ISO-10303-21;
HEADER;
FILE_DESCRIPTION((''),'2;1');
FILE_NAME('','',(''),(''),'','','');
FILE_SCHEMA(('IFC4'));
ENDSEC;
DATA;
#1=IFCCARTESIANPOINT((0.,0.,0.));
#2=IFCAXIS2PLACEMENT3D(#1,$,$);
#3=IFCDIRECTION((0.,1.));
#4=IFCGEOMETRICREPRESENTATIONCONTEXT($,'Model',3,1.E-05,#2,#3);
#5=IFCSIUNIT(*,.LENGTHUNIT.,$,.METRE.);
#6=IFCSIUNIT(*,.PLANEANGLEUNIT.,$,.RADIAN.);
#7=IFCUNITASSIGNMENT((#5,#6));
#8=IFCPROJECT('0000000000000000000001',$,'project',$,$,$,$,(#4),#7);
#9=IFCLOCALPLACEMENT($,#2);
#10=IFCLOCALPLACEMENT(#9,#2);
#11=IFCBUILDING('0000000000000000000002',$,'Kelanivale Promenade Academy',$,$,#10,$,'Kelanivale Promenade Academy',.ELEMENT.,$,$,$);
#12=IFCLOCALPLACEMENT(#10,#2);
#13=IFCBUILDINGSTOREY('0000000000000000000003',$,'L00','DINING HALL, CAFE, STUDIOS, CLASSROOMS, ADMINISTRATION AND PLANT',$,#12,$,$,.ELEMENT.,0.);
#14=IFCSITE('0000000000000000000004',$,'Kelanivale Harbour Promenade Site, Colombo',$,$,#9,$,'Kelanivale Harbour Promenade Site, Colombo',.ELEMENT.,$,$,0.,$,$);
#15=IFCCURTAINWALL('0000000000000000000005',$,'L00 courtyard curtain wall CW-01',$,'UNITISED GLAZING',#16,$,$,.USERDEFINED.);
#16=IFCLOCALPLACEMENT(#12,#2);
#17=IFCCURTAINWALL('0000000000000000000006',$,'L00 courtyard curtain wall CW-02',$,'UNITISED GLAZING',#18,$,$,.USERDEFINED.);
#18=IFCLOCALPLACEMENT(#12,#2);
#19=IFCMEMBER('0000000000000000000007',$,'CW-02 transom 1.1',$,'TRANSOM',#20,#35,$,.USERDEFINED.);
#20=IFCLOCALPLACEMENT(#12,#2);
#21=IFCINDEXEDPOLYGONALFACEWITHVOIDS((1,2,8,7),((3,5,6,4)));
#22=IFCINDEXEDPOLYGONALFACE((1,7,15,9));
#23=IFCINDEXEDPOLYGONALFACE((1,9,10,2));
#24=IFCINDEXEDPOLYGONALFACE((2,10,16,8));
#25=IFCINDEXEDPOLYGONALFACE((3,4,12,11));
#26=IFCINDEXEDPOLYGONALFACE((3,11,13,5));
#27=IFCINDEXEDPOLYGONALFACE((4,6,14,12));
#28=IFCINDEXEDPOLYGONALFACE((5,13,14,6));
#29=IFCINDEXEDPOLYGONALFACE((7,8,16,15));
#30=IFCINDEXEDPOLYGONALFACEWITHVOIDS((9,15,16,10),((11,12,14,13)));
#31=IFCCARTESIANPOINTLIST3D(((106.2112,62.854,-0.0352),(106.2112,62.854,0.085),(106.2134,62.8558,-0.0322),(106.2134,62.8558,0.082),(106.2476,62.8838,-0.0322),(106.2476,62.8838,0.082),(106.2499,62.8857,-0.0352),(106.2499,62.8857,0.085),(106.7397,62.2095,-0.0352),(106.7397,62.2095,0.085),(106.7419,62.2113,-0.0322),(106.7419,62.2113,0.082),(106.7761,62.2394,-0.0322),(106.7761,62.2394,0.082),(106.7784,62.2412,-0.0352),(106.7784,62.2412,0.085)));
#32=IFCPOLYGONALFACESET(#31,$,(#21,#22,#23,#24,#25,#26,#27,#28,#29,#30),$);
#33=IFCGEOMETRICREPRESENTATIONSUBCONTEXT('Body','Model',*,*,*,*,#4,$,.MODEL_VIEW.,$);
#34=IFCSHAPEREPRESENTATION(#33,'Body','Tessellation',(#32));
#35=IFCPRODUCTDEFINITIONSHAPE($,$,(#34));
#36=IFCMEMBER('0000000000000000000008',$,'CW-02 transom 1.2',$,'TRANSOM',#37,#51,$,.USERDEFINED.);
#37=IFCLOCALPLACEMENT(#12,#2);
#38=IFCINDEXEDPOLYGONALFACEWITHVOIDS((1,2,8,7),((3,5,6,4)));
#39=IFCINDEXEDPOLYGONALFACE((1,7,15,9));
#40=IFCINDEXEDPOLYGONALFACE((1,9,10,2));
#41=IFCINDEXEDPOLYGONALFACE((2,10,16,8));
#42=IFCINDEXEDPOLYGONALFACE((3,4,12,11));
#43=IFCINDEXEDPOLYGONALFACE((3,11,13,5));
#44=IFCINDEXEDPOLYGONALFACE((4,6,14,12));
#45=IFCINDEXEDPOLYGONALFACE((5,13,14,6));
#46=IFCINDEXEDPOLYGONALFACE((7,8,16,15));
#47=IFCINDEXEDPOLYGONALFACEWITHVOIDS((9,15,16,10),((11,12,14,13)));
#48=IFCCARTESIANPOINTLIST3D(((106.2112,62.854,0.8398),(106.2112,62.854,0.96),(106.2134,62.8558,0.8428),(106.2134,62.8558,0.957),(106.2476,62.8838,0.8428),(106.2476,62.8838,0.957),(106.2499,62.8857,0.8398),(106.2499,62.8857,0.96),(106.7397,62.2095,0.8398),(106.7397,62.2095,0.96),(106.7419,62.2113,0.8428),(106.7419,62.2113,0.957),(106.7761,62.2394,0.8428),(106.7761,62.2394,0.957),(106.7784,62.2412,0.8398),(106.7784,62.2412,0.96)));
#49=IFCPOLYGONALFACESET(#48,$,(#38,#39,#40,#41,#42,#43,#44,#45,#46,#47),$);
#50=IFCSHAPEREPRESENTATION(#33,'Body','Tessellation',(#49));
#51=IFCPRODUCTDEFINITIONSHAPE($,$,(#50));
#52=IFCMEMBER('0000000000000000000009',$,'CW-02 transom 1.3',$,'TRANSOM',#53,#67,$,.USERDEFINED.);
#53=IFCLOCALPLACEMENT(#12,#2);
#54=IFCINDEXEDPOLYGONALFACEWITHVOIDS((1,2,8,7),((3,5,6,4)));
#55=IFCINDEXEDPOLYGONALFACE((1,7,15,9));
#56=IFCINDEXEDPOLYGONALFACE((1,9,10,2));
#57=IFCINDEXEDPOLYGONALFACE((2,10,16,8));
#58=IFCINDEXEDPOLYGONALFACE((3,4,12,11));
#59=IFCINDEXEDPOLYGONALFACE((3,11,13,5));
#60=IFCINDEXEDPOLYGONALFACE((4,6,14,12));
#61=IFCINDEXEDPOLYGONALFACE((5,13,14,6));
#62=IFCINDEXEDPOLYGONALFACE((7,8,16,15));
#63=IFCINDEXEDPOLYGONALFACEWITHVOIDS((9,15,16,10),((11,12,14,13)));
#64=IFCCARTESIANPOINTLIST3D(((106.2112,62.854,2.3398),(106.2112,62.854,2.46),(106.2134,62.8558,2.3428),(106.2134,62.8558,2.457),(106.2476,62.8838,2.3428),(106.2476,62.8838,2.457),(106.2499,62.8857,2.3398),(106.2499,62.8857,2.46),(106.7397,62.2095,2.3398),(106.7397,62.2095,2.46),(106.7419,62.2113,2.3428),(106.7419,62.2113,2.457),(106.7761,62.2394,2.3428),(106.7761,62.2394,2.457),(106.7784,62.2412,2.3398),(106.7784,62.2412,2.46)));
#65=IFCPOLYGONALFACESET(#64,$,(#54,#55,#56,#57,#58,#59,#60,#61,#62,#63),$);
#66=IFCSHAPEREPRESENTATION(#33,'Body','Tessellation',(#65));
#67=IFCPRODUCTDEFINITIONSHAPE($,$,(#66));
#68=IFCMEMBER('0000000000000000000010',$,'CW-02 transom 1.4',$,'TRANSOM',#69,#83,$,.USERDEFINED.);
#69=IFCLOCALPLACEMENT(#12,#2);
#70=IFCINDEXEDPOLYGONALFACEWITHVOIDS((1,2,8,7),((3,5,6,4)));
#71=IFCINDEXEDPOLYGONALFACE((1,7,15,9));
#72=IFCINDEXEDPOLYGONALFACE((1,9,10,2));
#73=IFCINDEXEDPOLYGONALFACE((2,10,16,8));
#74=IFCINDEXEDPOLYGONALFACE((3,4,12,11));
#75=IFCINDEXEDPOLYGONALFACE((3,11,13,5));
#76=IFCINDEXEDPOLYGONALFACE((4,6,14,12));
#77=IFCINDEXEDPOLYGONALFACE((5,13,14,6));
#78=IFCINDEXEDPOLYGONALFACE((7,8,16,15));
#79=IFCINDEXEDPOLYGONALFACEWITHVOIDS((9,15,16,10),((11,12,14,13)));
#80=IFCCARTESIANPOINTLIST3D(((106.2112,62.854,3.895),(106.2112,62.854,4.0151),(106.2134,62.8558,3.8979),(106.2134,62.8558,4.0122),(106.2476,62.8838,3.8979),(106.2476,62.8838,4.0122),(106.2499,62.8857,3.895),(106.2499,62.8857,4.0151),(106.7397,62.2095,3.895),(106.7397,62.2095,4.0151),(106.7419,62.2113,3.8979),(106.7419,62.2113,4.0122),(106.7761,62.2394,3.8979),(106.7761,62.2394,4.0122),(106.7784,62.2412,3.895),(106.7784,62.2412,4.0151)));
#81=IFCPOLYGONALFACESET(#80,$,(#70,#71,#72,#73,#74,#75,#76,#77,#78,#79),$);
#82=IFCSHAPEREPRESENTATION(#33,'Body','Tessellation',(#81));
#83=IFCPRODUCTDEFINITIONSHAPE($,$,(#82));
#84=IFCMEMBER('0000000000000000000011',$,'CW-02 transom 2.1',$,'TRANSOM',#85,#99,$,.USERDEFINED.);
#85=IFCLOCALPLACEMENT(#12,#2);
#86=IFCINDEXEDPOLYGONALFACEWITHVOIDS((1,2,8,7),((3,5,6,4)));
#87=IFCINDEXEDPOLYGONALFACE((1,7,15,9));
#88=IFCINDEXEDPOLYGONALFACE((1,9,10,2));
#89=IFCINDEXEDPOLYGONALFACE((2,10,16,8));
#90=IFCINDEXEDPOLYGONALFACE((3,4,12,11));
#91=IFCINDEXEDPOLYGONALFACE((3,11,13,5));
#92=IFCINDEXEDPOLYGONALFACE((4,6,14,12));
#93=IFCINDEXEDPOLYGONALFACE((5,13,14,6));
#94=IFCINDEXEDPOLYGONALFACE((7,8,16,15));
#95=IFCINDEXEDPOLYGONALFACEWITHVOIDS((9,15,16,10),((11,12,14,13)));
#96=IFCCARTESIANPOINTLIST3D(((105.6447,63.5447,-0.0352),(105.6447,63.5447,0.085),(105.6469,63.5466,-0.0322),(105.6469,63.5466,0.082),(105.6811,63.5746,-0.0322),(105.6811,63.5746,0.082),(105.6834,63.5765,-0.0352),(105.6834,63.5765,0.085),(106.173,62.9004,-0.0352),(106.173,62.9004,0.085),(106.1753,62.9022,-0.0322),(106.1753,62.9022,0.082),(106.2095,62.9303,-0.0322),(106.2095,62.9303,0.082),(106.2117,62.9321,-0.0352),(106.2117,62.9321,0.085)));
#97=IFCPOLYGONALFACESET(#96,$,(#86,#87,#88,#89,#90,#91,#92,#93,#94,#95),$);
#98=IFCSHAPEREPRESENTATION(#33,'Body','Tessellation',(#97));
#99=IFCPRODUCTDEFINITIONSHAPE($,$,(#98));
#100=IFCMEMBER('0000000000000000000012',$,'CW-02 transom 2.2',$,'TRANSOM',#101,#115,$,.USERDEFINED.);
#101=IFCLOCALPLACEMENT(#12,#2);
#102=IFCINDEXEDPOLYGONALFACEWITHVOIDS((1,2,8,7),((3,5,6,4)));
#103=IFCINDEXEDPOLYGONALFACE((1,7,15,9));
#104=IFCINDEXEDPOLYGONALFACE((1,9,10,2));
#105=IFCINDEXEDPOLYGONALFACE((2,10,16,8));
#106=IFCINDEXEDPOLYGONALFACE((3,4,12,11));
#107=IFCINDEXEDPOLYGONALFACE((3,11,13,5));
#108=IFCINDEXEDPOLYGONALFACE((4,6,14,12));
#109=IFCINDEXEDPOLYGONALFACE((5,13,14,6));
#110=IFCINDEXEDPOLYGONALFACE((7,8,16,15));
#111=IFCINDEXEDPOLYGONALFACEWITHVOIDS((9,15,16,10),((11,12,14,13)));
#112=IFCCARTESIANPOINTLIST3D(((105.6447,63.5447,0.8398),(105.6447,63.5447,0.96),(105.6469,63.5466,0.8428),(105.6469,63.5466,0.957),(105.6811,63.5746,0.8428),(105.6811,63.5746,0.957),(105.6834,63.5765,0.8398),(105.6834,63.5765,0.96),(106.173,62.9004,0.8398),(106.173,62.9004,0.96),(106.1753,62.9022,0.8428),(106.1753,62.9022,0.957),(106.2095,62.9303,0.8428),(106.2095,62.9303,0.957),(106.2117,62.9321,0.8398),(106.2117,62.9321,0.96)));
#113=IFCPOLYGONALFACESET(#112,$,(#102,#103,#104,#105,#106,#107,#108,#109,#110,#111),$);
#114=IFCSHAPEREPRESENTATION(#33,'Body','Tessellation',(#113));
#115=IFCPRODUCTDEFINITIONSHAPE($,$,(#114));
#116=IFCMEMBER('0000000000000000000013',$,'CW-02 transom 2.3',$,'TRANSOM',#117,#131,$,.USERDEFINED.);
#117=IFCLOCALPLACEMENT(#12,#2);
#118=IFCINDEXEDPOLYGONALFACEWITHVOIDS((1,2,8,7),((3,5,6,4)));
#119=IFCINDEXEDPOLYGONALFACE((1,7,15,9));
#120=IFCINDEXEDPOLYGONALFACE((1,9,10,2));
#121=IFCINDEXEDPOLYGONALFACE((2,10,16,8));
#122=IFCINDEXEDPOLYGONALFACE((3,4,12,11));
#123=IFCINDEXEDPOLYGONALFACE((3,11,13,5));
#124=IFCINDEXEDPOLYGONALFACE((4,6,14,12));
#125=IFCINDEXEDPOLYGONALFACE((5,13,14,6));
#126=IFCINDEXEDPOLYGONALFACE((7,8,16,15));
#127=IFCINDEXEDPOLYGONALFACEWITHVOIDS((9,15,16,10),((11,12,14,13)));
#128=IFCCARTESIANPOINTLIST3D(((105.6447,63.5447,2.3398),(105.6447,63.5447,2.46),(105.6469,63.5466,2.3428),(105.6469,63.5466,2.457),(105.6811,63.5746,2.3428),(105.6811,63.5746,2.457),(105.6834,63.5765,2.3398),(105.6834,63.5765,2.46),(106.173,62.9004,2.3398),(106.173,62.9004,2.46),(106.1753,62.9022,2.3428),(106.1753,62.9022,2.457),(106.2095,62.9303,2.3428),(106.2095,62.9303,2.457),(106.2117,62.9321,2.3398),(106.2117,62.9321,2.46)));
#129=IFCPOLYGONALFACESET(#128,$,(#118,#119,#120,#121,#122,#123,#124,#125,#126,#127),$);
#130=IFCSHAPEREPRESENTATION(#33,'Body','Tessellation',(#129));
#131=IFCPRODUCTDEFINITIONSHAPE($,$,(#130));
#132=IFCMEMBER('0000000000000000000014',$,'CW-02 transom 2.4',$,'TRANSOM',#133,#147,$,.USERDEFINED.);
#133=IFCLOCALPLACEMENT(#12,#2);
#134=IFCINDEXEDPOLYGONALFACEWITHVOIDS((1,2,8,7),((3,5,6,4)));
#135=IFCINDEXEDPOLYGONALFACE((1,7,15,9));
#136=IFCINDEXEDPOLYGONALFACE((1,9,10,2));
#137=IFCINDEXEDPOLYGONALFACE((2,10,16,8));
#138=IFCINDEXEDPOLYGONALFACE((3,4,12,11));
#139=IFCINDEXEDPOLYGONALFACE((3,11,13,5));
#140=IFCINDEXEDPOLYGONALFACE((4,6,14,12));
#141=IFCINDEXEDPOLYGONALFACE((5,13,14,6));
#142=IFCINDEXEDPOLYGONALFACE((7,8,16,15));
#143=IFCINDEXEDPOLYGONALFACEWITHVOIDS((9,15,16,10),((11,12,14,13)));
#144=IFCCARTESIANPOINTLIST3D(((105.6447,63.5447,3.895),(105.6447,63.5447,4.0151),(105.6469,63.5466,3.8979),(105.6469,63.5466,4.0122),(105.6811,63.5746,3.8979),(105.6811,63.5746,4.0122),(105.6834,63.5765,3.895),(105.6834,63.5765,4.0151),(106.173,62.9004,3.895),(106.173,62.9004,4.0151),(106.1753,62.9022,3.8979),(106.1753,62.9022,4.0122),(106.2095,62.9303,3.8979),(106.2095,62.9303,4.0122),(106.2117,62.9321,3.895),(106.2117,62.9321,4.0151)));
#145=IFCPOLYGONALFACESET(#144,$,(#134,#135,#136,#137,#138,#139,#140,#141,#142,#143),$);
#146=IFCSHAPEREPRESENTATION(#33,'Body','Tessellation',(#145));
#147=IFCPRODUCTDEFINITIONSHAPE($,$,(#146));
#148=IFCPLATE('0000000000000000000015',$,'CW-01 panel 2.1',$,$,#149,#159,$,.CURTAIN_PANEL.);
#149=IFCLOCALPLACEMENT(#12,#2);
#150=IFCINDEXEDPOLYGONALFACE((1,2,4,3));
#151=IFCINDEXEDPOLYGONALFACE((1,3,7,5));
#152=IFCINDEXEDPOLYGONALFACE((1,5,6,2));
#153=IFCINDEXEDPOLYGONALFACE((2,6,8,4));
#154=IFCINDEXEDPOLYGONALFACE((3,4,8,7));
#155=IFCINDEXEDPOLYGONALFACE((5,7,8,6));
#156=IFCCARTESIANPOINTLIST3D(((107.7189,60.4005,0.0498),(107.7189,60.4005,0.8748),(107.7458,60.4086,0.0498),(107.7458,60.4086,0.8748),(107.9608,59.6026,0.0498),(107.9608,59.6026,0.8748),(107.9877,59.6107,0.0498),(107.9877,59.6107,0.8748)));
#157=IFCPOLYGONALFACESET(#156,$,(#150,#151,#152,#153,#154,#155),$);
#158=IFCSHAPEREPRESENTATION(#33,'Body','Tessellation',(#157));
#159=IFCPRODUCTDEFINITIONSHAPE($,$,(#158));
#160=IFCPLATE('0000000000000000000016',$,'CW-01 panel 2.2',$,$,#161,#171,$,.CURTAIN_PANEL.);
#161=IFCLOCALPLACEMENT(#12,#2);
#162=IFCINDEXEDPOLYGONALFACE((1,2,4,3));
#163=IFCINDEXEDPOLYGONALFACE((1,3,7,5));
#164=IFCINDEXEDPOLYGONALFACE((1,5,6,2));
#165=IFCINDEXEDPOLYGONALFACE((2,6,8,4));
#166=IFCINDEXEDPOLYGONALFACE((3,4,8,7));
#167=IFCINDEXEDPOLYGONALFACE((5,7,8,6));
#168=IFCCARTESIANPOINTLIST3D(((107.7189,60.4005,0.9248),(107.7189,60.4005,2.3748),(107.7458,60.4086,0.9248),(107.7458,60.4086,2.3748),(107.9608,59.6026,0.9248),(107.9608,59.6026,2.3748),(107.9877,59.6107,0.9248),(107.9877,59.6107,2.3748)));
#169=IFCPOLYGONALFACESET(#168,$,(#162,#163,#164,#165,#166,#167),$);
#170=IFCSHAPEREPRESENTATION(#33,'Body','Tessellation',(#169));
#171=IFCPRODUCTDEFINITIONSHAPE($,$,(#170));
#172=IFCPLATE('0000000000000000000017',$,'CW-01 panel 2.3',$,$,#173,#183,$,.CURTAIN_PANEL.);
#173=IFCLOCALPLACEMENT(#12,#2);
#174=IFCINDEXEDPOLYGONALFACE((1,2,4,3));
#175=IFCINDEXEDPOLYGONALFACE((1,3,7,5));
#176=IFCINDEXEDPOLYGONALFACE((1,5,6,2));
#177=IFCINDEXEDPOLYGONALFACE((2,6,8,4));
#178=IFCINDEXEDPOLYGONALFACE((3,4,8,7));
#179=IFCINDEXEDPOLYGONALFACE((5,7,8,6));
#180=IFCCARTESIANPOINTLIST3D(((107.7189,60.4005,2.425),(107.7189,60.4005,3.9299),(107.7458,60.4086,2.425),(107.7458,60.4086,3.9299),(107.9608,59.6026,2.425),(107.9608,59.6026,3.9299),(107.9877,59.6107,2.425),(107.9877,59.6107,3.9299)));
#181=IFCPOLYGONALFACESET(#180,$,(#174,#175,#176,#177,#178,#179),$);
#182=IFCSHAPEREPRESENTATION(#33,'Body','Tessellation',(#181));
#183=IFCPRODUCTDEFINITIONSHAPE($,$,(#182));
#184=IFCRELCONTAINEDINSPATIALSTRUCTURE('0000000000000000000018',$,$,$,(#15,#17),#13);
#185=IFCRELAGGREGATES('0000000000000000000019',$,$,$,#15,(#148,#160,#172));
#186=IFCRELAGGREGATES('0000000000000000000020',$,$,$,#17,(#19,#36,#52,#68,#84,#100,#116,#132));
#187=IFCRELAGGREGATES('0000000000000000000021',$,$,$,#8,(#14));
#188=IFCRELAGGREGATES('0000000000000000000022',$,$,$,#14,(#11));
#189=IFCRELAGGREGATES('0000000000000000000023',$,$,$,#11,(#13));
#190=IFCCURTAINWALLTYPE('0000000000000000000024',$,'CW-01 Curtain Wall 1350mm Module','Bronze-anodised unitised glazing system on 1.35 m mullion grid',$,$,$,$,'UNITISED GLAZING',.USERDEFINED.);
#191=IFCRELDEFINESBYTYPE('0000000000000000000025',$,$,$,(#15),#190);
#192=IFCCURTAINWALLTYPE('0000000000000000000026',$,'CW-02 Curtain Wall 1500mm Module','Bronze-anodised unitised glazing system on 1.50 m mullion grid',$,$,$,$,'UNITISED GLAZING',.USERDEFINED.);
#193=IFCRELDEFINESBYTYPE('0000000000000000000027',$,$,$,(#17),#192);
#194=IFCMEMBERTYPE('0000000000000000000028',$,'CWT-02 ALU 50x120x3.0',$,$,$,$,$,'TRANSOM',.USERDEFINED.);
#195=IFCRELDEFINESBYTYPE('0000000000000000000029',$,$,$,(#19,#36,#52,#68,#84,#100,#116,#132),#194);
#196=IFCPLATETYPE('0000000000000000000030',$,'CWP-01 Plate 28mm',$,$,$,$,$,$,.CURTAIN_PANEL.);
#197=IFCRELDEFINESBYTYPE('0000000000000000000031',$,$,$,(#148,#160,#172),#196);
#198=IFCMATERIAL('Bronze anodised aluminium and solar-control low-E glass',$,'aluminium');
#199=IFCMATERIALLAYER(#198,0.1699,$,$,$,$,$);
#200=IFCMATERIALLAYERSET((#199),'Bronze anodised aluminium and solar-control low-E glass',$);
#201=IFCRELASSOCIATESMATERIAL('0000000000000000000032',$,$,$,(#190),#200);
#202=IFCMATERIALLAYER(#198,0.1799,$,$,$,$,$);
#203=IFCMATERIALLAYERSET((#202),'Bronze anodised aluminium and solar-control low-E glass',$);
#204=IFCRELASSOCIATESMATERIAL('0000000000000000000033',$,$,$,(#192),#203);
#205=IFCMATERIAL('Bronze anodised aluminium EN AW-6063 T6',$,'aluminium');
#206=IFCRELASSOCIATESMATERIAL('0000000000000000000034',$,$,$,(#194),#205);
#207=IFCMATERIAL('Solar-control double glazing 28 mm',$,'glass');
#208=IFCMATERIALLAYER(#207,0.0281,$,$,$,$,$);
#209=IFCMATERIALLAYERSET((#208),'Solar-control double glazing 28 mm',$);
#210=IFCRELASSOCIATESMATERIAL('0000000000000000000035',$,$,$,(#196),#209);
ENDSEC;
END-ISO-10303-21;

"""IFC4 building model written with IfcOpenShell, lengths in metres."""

from ifc_helpers import new_model, si_unit, direction, frame, origin, origin_2d, place, context, subcontext, project, spatial, rectangle, hollow_rectangle, extrude, material, layer, layer_set, material_profile, profile_set, type_object, element, aggregate, save


model = new_model("IFC4")

# Units and contexts
model_context = context("Model", 3, precision=1e-05, world=origin(), true_north=direction((0.0, 1.0)))
body_context = subcontext(model_context, "Body", "Model", "MODEL_VIEW")
ifc_project = project(units=[si_unit("LENGTHUNIT", "METRE"), si_unit("PLANEANGLEUNIT", "RADIAN")], contexts=[model_context])

# Site, building, storey
site_placement = place(None, origin())
site = spatial("IfcSite", under=ifc_project, at=site_placement, Name="Kelanivale Harbour Promenade Site, Colombo", LongName="Kelanivale Harbour Promenade Site, Colombo", CompositionType="ELEMENT", RefElevation=0.0)
building_placement = place(site_placement, origin())
building = spatial("IfcBuilding", under=site, at=building_placement, Name="Kelanivale Promenade Academy", LongName="Kelanivale Promenade Academy", CompositionType="ELEMENT")
storey_placement = place(building_placement, origin())
storey = spatial("IfcBuildingStorey", under=building, at=storey_placement, Name="L00", Description="DINING HALL, CAFE, STUDIOS, CLASSROOMS, ADMINISTRATION AND PLANT", CompositionType="ELEMENT", Elevation=0.0)

# Curtain wall
ifc_material_1 = material(Name="Bronze anodised aluminium and solar-control low-E glass", Category="aluminium")
ifc_layer_1 = layer(ifc_material_1, 0.1699)
ifc_layer_set_1 = layer_set([ifc_layer_1], Name="Bronze anodised aluminium and solar-control low-E glass")
curtain_wall_type_1 = type_object("IfcCurtainWallType", Name="CW-01 Curtain Wall 1350mm Module", Description="Bronze-anodised unitised glazing system on 1.35 m mullion grid", ElementType="UNITISED GLAZING", PredefinedType="USERDEFINED", material=ifc_layer_set_1)
curtain_wall_1_placement = place(storey_placement, origin())
curtain_wall_1 = element("IfcCurtainWall", 1, at=curtain_wall_1_placement, inside=storey, type_object=curtain_wall_type_1, Name="L00 courtyard curtain wall CW-01", ObjectType="UNITISED GLAZING", PredefinedType="USERDEFINED")
ifc_material_2 = material(Name="Bronze anodised aluminium EN AW-6063 T6", Category="aluminium")

# Curtain wall
ifc_layer_2 = layer(ifc_material_1, 0.1799)
ifc_layer_set_2 = layer_set([ifc_layer_2], Name="Bronze anodised aluminium and solar-control low-E glass")
curtain_wall_type_2 = type_object("IfcCurtainWallType", Name="CW-02 Curtain Wall 1500mm Module", Description="Bronze-anodised unitised glazing system on 1.50 m mullion grid", ElementType="UNITISED GLAZING", PredefinedType="USERDEFINED", material=ifc_layer_set_2)
curtain_wall_2_placement = place(storey_placement, origin())
curtain_wall_2 = element("IfcCurtainWall", 2, at=curtain_wall_2_placement, inside=storey, type_object=curtain_wall_type_2, Name="L00 courtyard curtain wall CW-02", ObjectType="UNITISED GLAZING", PredefinedType="USERDEFINED")

# Members
ifc_material_profile_1 = material_profile(ifc_material_2, hollow_rectangle(XDim=0.05, YDim=0.1201, WallThickness=0.0029, at=origin_2d()), Name="ALU 50x120x3.0")
ifc_profile_set_1 = profile_set([ifc_material_profile_1], Name="Bronze anodised aluminium EN AW-6063 T6")
member_type_1 = type_object("IfcMemberType", Name="CWT-02 ALU 50x120x3.0", ElementType="TRANSOM", PredefinedType="USERDEFINED", material=ifc_profile_set_1)
member_1_placement = place(storey_placement, frame((106.759, 62.2253, 0.0249), z_axis=(-0.634115, 0.773239, 0.0), x_axis=(-0.773239, -0.634115, 0.0)))
member_1 = element("IfcMember", 3, at=member_1_placement, type_object=member_type_1, Name="CW-02 transom 1.1", ObjectType="TRANSOM", PredefinedType="USERDEFINED", context=body_context, shape_type="SweptSolid", body=[
    extrude(hollow_rectangle(XDim=0.05, YDim=0.1201, WallThickness=0.0029, at=origin_2d()), origin(), (0.0, 0.0, 1.0), 0.8335),
])
member_2_placement = place(storey_placement, frame((106.759, 62.2253, 0.8999), z_axis=(-0.634115, 0.773239, 0.0), x_axis=(-0.773239, -0.634115, 0.0)))
member_2 = element("IfcMember", 4, at=member_2_placement, type_object=member_type_1, Name="CW-02 transom 1.2", ObjectType="TRANSOM", PredefinedType="USERDEFINED", context=body_context, shape_type="SweptSolid", body=[
    extrude(hollow_rectangle(XDim=0.05, YDim=0.1201, WallThickness=0.0029, at=origin_2d()), origin(), (0.0, 0.0, 1.0), 0.8335),
])
member_3_placement = place(storey_placement, frame((106.759, 62.2253, 2.3999), z_axis=(-0.634115, 0.773239, 0.0), x_axis=(-0.773239, -0.634115, 0.0)))
member_3 = element("IfcMember", 5, at=member_3_placement, type_object=member_type_1, Name="CW-02 transom 1.3", ObjectType="TRANSOM", PredefinedType="USERDEFINED", context=body_context, shape_type="SweptSolid", body=[
    extrude(hollow_rectangle(XDim=0.05, YDim=0.1201, WallThickness=0.0029, at=origin_2d()), origin(), (0.0, 0.0, 1.0), 0.8335),
])
member_4_placement = place(storey_placement, frame((106.759, 62.2253, 3.9551), z_axis=(-0.634115, 0.773239, 0.0), x_axis=(-0.773239, -0.634115, 0.0)))
member_4 = element("IfcMember", 6, at=member_4_placement, type_object=member_type_1, Name="CW-02 transom 1.4", ObjectType="TRANSOM", PredefinedType="USERDEFINED", context=body_context, shape_type="SweptSolid", body=[
    extrude(hollow_rectangle(XDim=0.05, YDim=0.1201, WallThickness=0.0029, at=origin_2d()), origin(), (0.0, 0.0, 1.0), 0.8335),
])
member_5_placement = place(storey_placement, frame((106.1924, 62.9163, 0.0249), z_axis=(-0.634083, 0.773265, 0.0), x_axis=(-0.773265, -0.634083, 0.0)))
member_5 = element("IfcMember", 7, at=member_5_placement, type_object=member_type_1, Name="CW-02 transom 2.1", ObjectType="TRANSOM", PredefinedType="USERDEFINED", context=body_context, shape_type="SweptSolid", body=[
    extrude(hollow_rectangle(XDim=0.05, YDim=0.1201, WallThickness=0.0029, at=origin_2d()), origin(), (0.0, 0.0, 1.0), 0.8333),
])
member_6_placement = place(storey_placement, frame((106.1924, 62.9163, 0.8999), z_axis=(-0.634083, 0.773265, 0.0), x_axis=(-0.773265, -0.634083, 0.0)))
member_6 = element("IfcMember", 8, at=member_6_placement, type_object=member_type_1, Name="CW-02 transom 2.2", ObjectType="TRANSOM", PredefinedType="USERDEFINED", context=body_context, shape_type="SweptSolid", body=[
    extrude(hollow_rectangle(XDim=0.05, YDim=0.1201, WallThickness=0.0029, at=origin_2d()), origin(), (0.0, 0.0, 1.0), 0.8333),
])
member_7_placement = place(storey_placement, frame((106.1924, 62.9163, 2.3999), z_axis=(-0.634083, 0.773265, 0.0), x_axis=(-0.773265, -0.634083, 0.0)))
member_7 = element("IfcMember", 9, at=member_7_placement, type_object=member_type_1, Name="CW-02 transom 2.3", ObjectType="TRANSOM", PredefinedType="USERDEFINED", context=body_context, shape_type="SweptSolid", body=[
    extrude(hollow_rectangle(XDim=0.05, YDim=0.1201, WallThickness=0.0029, at=origin_2d()), origin(), (0.0, 0.0, 1.0), 0.8333),
])
member_8_placement = place(storey_placement, frame((106.1924, 62.9163, 3.9551), z_axis=(-0.634083, 0.773265, 0.0), x_axis=(-0.773265, -0.634083, 0.0)))
member_8 = element("IfcMember", 10, at=member_8_placement, type_object=member_type_1, Name="CW-02 transom 2.4", ObjectType="TRANSOM", PredefinedType="USERDEFINED", context=body_context, shape_type="SweptSolid", body=[
    extrude(hollow_rectangle(XDim=0.05, YDim=0.1201, WallThickness=0.0029, at=origin_2d()), origin(), (0.0, 0.0, 1.0), 0.8333),
])

# Plates
ifc_material_3 = material(Name="Solar-control double glazing 28 mm", Category="glass")
ifc_layer_3 = layer(ifc_material_3, 0.0281)
ifc_layer_set_3 = layer_set([ifc_layer_3], Name="Solar-control double glazing 28 mm")
plate_type_1 = type_object("IfcPlateType", Name="CWP-01 Plate 28mm", PredefinedType="CURTAIN_PANEL", material=ifc_layer_set_3)
plate_1_placement = place(storey_placement, frame((107.8533, 60.0056, 0.0498), z_axis=(0.0, 0.0, 1.0), x_axis=(-0.290128, 0.956988, 0.0)))
plate_1 = element("IfcPlate", 11, at=plate_1_placement, type_object=plate_type_1, Name="CW-01 panel 2.1", PredefinedType="CURTAIN_PANEL", context=body_context, shape_type="SweptSolid", body=[
    extrude(rectangle(XDim=0.8337, YDim=0.0281, at=origin_2d()), origin(), (0.0, 0.0, 1.0), 0.825),
])
plate_2_placement = place(storey_placement, frame((107.8533, 60.0056, 0.9248), z_axis=(0.0, 0.0, 1.0), x_axis=(-0.290128, 0.956988, 0.0)))
plate_2 = element("IfcPlate", 12, at=plate_2_placement, type_object=plate_type_1, Name="CW-01 panel 2.2", PredefinedType="CURTAIN_PANEL", context=body_context, shape_type="SweptSolid", body=[
    extrude(rectangle(XDim=0.8337, YDim=0.0281, at=origin_2d()), origin(), (0.0, 0.0, 1.0), 1.45),
])
plate_3_placement = place(storey_placement, frame((107.8533, 60.0056, 2.425), z_axis=(0.0, 0.0, 1.0), x_axis=(-0.290128, 0.956988, 0.0)))
plate_3 = element("IfcPlate", 13, at=plate_3_placement, type_object=plate_type_1, Name="CW-01 panel 2.3", PredefinedType="CURTAIN_PANEL", context=body_context, shape_type="SweptSolid", body=[
    extrude(rectangle(XDim=0.8337, YDim=0.0281, at=origin_2d()), origin(), (0.0, 0.0, 1.0), 1.5049),
])
aggregate(curtain_wall_1, [plate_1, plate_2, plate_3])
aggregate(curtain_wall_2, [member_1, member_2, member_3, member_4, member_5, member_6, member_7, member_8])

save(model, "model.ifc")
